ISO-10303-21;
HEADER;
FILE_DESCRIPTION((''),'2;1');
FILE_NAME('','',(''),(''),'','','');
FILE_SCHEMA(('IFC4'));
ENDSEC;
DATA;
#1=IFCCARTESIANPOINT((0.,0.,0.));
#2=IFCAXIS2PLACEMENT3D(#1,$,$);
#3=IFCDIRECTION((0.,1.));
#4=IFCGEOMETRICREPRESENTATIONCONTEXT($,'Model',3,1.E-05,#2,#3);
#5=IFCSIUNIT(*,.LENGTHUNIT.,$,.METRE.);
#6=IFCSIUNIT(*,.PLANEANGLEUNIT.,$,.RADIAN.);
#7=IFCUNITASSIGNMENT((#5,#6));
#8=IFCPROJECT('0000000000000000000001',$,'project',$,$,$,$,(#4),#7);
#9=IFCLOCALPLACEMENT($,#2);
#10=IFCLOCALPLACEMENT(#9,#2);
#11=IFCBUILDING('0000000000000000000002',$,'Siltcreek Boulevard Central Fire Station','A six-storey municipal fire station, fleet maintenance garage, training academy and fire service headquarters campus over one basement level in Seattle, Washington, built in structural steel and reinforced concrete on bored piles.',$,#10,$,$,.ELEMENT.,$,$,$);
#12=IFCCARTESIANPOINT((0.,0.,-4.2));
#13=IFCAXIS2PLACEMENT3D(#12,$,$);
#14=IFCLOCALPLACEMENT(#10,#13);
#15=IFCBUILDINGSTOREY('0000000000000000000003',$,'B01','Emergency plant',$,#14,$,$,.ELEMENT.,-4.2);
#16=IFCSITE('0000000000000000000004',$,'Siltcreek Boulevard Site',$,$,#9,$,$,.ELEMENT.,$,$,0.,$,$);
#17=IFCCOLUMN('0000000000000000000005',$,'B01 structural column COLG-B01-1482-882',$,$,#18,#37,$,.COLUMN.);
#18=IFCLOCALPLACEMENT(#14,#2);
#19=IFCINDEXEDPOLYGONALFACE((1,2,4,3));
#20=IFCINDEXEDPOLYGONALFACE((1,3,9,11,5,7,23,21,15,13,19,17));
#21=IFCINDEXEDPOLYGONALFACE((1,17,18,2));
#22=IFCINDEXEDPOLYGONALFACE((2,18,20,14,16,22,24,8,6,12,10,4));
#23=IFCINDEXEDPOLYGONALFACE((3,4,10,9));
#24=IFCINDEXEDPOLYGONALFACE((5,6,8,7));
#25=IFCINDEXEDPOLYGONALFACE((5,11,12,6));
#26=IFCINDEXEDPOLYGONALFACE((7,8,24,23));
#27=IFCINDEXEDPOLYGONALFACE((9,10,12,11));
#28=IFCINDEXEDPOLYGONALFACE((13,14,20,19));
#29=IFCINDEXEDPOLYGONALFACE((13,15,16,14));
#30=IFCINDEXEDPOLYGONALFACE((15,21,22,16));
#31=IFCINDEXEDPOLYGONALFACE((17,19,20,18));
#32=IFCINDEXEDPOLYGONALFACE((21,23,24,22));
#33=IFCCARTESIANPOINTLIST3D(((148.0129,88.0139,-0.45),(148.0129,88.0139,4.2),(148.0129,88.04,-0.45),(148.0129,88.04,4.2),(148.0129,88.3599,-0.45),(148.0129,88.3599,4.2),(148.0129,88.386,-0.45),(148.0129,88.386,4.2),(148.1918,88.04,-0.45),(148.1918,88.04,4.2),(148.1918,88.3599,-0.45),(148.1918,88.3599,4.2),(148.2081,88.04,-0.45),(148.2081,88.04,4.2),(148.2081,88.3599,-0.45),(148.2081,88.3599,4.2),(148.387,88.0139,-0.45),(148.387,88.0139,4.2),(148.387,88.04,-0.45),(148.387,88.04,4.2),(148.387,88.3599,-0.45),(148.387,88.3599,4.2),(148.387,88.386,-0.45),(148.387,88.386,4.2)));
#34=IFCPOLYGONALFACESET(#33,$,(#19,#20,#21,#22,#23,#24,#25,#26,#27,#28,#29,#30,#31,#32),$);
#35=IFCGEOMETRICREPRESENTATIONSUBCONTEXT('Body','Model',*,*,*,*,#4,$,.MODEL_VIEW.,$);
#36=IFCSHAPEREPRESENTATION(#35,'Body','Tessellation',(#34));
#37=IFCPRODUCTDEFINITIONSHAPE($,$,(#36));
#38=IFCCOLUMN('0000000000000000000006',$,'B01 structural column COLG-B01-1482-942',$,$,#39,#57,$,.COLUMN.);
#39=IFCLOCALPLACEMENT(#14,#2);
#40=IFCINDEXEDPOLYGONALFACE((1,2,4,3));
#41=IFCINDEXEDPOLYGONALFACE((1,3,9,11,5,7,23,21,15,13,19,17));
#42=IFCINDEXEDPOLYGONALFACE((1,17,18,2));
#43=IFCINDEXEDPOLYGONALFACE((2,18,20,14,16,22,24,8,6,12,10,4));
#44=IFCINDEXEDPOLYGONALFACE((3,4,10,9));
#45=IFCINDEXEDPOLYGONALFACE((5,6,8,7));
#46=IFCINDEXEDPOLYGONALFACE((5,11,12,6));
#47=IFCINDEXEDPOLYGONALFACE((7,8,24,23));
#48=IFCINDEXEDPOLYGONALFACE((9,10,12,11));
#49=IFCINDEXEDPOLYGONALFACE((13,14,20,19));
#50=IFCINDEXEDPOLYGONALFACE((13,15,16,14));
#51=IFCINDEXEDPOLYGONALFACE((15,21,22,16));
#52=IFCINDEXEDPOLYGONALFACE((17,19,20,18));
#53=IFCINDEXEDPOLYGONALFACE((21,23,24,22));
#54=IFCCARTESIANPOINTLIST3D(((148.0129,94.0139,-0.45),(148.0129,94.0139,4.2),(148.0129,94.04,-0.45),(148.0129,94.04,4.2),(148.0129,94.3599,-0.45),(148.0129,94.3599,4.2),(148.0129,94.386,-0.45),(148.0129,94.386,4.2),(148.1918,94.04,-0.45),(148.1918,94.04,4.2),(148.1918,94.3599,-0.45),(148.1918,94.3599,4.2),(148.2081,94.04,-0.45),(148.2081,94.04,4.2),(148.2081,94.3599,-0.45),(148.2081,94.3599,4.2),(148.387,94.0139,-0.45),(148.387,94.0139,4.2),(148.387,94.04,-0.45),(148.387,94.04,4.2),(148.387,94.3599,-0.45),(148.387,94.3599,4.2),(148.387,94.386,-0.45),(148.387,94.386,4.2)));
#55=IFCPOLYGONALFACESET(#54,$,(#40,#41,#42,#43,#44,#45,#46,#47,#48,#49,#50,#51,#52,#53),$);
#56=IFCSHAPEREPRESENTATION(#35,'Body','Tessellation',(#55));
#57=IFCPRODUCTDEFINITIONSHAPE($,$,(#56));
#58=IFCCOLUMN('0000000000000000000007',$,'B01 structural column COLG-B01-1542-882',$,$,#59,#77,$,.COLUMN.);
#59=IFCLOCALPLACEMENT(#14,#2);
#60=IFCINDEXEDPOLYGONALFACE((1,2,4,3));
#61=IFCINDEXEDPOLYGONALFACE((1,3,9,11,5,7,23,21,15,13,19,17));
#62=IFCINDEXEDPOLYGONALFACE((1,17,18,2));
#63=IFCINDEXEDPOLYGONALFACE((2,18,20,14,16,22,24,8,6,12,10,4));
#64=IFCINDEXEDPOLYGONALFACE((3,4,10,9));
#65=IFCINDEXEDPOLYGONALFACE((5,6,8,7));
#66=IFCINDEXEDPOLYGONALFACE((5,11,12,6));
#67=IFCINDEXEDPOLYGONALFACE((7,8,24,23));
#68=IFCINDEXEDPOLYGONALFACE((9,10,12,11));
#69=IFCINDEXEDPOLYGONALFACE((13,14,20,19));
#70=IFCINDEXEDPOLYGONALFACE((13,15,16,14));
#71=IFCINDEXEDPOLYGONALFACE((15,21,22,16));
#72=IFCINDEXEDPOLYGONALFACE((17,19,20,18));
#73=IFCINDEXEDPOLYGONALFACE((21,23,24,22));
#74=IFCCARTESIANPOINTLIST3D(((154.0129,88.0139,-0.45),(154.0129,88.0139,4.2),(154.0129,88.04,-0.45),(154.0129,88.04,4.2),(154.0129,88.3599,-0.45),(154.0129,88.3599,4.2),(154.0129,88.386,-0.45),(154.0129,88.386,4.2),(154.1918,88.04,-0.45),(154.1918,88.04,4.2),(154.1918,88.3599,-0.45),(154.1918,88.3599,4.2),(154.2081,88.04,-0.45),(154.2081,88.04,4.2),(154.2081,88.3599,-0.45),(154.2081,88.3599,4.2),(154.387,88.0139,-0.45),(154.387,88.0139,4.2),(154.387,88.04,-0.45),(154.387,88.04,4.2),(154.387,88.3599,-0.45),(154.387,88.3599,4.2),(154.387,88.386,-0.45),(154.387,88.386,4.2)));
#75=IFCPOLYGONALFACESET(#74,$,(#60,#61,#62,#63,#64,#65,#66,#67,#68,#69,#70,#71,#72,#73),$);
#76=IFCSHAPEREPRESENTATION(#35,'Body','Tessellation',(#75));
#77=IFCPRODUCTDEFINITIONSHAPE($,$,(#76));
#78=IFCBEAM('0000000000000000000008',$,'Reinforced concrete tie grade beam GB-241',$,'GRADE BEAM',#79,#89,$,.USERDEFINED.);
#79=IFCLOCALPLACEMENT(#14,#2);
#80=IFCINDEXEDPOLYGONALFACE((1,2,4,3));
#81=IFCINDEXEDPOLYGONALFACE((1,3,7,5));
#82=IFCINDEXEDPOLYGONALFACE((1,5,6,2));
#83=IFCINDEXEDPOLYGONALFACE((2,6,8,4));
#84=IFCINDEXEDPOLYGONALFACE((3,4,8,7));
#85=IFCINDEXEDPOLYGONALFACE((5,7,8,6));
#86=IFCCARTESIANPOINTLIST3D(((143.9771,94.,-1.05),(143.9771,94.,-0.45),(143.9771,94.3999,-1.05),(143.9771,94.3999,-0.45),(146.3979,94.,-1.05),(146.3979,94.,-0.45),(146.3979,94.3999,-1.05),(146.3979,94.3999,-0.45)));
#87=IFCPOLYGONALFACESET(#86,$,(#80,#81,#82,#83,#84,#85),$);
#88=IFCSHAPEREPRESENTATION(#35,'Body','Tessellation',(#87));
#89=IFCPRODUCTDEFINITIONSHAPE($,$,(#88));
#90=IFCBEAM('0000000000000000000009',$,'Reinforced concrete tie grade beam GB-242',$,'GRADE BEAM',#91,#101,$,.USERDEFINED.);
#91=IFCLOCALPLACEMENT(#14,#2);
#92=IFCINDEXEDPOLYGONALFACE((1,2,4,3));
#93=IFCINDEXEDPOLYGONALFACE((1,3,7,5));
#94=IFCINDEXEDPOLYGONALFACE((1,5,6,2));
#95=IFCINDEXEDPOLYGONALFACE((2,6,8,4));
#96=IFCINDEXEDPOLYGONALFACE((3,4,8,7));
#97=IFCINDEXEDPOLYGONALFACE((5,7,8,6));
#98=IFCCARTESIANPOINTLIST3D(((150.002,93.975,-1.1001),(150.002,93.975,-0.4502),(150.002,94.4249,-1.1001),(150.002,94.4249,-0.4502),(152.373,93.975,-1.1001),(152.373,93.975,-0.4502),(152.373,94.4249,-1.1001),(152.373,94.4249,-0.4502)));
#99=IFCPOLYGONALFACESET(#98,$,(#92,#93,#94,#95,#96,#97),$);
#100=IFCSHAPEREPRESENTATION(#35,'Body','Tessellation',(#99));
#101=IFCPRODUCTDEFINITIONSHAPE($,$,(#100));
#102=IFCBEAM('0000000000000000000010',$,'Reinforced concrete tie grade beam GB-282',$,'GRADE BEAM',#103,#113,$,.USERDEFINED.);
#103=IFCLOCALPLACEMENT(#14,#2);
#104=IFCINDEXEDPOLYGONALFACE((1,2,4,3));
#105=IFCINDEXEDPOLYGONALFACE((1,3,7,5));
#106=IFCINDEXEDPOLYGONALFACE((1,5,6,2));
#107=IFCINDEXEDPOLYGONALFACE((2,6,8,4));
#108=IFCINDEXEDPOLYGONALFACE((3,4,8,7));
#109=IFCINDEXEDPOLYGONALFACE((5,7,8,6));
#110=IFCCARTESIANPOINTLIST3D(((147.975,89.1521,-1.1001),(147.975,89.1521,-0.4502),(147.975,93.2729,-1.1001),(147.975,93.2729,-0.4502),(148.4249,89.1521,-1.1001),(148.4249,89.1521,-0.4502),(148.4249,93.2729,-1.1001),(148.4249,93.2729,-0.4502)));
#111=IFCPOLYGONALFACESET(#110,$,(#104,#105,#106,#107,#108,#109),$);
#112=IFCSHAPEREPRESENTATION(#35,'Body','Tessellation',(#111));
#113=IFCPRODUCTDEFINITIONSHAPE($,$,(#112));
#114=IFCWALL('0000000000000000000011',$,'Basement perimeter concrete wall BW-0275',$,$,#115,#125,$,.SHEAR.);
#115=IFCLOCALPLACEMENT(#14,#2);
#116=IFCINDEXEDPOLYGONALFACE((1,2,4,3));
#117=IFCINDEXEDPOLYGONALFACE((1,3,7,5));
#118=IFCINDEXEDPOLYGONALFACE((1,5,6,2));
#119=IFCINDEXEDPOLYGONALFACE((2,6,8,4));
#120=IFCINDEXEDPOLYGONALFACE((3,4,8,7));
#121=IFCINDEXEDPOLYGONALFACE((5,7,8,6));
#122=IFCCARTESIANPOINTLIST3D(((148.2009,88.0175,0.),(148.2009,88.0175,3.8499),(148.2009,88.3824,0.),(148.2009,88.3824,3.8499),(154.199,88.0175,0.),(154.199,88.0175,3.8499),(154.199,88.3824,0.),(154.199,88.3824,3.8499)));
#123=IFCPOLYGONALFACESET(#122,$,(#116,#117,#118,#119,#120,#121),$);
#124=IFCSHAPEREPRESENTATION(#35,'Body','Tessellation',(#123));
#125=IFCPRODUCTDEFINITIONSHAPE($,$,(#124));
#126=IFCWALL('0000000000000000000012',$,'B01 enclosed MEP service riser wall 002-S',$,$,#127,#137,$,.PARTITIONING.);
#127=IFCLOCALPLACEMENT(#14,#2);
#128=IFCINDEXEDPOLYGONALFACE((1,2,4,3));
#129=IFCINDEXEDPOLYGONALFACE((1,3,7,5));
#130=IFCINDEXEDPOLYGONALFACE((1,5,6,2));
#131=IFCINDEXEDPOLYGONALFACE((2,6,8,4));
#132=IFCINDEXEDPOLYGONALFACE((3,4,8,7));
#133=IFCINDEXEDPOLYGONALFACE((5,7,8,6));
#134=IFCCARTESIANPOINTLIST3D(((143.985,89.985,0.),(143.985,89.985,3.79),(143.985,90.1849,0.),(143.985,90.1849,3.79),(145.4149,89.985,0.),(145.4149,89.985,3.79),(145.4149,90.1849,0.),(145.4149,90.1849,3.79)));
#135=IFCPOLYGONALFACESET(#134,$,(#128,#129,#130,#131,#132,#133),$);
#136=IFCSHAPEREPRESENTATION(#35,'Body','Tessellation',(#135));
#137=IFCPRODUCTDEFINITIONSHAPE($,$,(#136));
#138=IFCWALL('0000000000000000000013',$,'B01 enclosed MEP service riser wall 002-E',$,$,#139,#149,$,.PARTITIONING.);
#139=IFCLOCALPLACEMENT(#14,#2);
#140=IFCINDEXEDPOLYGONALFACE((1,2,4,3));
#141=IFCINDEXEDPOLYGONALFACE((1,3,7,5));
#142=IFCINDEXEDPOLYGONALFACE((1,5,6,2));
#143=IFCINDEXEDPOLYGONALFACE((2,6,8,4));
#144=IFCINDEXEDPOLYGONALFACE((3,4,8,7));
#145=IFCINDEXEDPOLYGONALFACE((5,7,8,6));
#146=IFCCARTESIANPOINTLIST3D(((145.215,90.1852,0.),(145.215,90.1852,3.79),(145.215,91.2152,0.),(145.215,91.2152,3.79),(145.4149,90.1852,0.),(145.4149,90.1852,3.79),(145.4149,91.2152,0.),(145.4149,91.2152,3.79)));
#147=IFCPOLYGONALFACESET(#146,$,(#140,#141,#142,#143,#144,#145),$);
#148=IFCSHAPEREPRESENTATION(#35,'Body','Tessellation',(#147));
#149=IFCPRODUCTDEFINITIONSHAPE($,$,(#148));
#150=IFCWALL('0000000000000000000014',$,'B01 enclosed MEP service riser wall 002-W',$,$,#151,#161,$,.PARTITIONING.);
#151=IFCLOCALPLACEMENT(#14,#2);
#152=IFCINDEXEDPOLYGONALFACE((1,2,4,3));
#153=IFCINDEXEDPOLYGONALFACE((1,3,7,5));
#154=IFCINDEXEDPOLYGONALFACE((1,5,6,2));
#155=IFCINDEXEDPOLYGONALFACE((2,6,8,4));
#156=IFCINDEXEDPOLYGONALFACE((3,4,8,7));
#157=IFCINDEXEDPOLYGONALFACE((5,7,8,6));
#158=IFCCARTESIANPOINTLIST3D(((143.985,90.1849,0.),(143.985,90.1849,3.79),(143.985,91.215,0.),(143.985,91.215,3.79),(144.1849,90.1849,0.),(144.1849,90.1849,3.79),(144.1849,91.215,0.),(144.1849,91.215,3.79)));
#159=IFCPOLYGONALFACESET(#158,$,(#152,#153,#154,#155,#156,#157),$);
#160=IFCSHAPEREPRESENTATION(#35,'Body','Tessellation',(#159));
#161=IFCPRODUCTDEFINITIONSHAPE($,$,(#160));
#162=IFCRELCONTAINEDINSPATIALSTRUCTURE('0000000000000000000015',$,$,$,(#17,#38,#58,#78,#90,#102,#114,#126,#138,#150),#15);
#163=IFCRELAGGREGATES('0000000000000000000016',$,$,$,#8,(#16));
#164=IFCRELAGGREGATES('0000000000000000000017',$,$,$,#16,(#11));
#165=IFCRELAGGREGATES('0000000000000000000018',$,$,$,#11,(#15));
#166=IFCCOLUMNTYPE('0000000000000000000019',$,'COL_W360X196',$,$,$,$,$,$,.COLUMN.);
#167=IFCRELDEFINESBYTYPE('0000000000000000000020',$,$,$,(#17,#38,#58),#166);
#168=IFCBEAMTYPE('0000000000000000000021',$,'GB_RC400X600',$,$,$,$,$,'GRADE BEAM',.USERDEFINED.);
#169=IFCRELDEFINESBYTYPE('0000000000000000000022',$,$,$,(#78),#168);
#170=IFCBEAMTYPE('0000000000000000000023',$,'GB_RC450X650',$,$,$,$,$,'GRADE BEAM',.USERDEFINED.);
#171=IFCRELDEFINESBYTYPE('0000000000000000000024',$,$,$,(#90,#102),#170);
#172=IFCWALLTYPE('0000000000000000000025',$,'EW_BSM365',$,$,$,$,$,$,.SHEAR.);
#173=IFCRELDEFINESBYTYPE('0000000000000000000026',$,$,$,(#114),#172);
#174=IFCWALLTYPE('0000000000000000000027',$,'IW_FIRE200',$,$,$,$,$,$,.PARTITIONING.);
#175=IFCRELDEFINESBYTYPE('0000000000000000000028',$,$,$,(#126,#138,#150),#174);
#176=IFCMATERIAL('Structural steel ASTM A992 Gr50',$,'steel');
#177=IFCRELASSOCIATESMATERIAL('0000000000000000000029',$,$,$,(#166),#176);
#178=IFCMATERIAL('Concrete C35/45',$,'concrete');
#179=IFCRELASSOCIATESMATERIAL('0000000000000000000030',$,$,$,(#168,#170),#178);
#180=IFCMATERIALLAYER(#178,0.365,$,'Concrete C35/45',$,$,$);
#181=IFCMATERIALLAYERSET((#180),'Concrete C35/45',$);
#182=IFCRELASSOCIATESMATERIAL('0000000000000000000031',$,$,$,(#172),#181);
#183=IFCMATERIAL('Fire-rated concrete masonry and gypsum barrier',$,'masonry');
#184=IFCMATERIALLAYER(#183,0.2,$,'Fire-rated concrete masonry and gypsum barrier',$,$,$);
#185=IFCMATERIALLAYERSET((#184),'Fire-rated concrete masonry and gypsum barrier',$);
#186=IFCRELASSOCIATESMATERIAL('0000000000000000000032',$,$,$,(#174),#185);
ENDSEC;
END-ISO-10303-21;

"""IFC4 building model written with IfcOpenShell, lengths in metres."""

from ifc_helpers import new_model, si_unit, direction, frame, frame_2d, origin, origin_2d, place, context, subcontext, project, spatial, rectangle, i_section, extrude, material, layer, layer_set, material_profile, profile_set, type_object, element, save


model = new_model("IFC4")

# Units and contexts
model_context = context("Model", 3, precision=1e-05, world=origin(), true_north=direction((0.0, 1.0)))
body_context = subcontext(model_context, "Body", "Model", "MODEL_VIEW")
ifc_project = project(units=[si_unit("LENGTHUNIT", "METRE"), si_unit("PLANEANGLEUNIT", "RADIAN")], contexts=[model_context])

# Site, building, storey
site_placement = place(None, origin())
site = spatial("IfcSite", under=ifc_project, at=site_placement, Name="Siltcreek Boulevard Site", CompositionType="ELEMENT", RefElevation=0.0)
building_placement = place(site_placement, origin())
building = spatial("IfcBuilding", under=site, at=building_placement, Name="Siltcreek Boulevard Central Fire Station", Description="A six-storey municipal fire station, fleet maintenance garage, training academy and fire service headquarters campus over one basement level in Seattle, Washington, built in structural steel and reinforced concrete on bored piles.", CompositionType="ELEMENT")
storey_placement = place(building_placement, frame((0.0, 0.0, -4.2)))
storey = spatial("IfcBuildingStorey", under=building, at=storey_placement, Name="B01", Description="Emergency plant", CompositionType="ELEMENT", Elevation=-4.2)

# Shared definitions
ifc_material_1 = material(Name="Concrete C35/45", Category="concrete")

# Columns
ifc_material_2 = material(Name="Structural steel ASTM A992 Gr50", Category="steel")
ifc_material_profile_1 = material_profile(ifc_material_2, i_section(OverallWidth=0.374, OverallDepth=0.3721, WebThickness=0.0164, FlangeThickness=0.0261, at=origin_2d()), Name="W360X196")
ifc_profile_set_1 = profile_set([ifc_material_profile_1], Name="Structural steel ASTM A992 Gr50")
column_type = type_object("IfcColumnType", Name="COL_W360X196", PredefinedType="COLUMN", material=ifc_profile_set_1)
for number, where, z_axis, x_axis, name in (
    (1, (148.2, 88.2, -0.45), (0.0, 0.0, 1.0), (1.0, 0.0, 0.0), "B01 structural column COLG-B01-1482-882"),
    (2, (148.2, 94.2, -0.45), (0.0, 0.0, 1.0), (1.0, 0.0, 0.0), "B01 structural column COLG-B01-1482-942"),
    (3, (154.2, 88.2, -0.45), (0.0, 0.0, 1.0), (1.0, 0.0, 0.0), "B01 structural column COLG-B01-1542-882"),
):
    element("IfcColumn", number, at=place(storey_placement, frame(where, z_axis=z_axis, x_axis=x_axis)), inside=storey, type_object=column_type, Name=name, PredefinedType="COLUMN", context=body_context, shape_type="SweptSolid", body=[
        extrude(i_section(OverallWidth=0.374, OverallDepth=0.3721, WebThickness=0.0164, FlangeThickness=0.0261, at=origin_2d()), origin(), (0.0, 0.0, 1.0), 4.6499),
    ])

# Beams
ifc_material_profile_2 = material_profile(ifc_material_1, rectangle(XDim=0.3999, YDim=0.6001, at=origin_2d()), Name="RC400X600")
ifc_profile_set_2 = profile_set([ifc_material_profile_2], Name="Concrete C35/45")
beam_type_1 = type_object("IfcBeamType", Name="GB_RC400X600", ElementType="GRADE BEAM", PredefinedType="USERDEFINED", material=ifc_profile_set_2)
beam_1_placement = place(storey_placement, frame((143.9771, 94.2, -0.75), z_axis=(1.0, 0.0, 0.0), x_axis=(0.0, 1.0, 0.0)))
element("IfcBeam", 4, at=beam_1_placement, inside=storey, type_object=beam_type_1, Name="Reinforced concrete tie grade beam GB-241", ObjectType="GRADE BEAM", PredefinedType="USERDEFINED", context=body_context, shape_type="SweptSolid", body=[
    extrude(rectangle(XDim=0.3999, YDim=0.6001, at=origin_2d()), origin(), (0.0, 0.0, 1.0), 2.4209),
])
ifc_material_profile_3 = material_profile(ifc_material_1, rectangle(XDim=0.45, YDim=0.6499, at=origin_2d()), Name="RC450X650")
ifc_profile_set_3 = profile_set([ifc_material_profile_3], Name="Concrete C35/45")
beam_type_2 = type_object("IfcBeamType", Name="GB_RC450X650", ElementType="GRADE BEAM", PredefinedType="USERDEFINED", material=ifc_profile_set_3)
beam_2_placement = place(storey_placement, frame((150.002, 94.2, -0.7751), z_axis=(1.0, 0.0, 0.0), x_axis=(0.0, 1.0, 0.0)))
element("IfcBeam", 5, at=beam_2_placement, inside=storey, type_object=beam_type_2, Name="Reinforced concrete tie grade beam GB-242", ObjectType="GRADE BEAM", PredefinedType="USERDEFINED", context=body_context, shape_type="SweptSolid", body=[
    extrude(rectangle(XDim=0.45, YDim=0.6499, at=origin_2d()), origin(), (0.0, 0.0, 1.0), 2.3711),
])
beam_3_placement = place(storey_placement, frame((148.2, 89.1521, -0.7751), z_axis=(0.0, 1.0, 0.0), x_axis=(-1.0, 0.0, 0.0)))
element("IfcBeam", 6, at=beam_3_placement, inside=storey, type_object=beam_type_2, Name="Reinforced concrete tie grade beam GB-282", ObjectType="GRADE BEAM", PredefinedType="USERDEFINED", context=body_context, shape_type="SweptSolid", body=[
    extrude(rectangle(XDim=0.45, YDim=0.6499, at=origin_2d()), origin(), (0.0, 0.0, 1.0), 4.1208),
])

# Walls
ifc_layer_1 = layer(ifc_material_1, 0.365, Name="Concrete C35/45")
ifc_layer_set_1 = layer_set([ifc_layer_1], Name="Concrete C35/45")
wall_type_1 = type_object("IfcWallType", Name="EW_BSM365", PredefinedType="SHEAR", material=ifc_layer_set_1)
wall_1_placement = place(storey_placement, frame((148.2009, 88.2, 0.0), z_axis=(0.0, 0.0, 1.0), x_axis=(1.0, 0.0, 0.0)))
element("IfcWall", 7, at=wall_1_placement, inside=storey, type_object=wall_type_1, Name="Basement perimeter concrete wall BW-0275", PredefinedType="SHEAR", context=body_context, shape_type="SweptSolid", body=[
    extrude(rectangle(XDim=5.998, YDim=0.365, at=frame_2d((2.999, 0.0))), origin(), (0.0, 0.0, 1.0), 3.8499),
])
ifc_material_3 = material(Name="Fire-rated concrete masonry and gypsum barrier", Category="masonry")
ifc_layer_2 = layer(ifc_material_3, 0.2, Name="Fire-rated concrete masonry and gypsum barrier")
ifc_layer_set_2 = layer_set([ifc_layer_2], Name="Fire-rated concrete masonry and gypsum barrier")
wall_type_2 = type_object("IfcWallType", Name="IW_FIRE200", PredefinedType="PARTITIONING", material=ifc_layer_set_2)
wall_2_placement = place(storey_placement, frame((143.9851, 90.085, 0.0), z_axis=(0.0, 0.0, 1.0), x_axis=(1.0, 0.0, 0.0)))
element("IfcWall", 8, at=wall_2_placement, inside=storey, type_object=wall_type_2, Name="B01 enclosed MEP service riser wall 002-S", PredefinedType="PARTITIONING", context=body_context, shape_type="SweptSolid", body=[
    extrude(rectangle(XDim=1.4299, YDim=0.2, at=frame_2d((0.7148, 0.0))), origin(), (0.0, 0.0, 1.0), 3.79),
])
wall_3_placement = place(storey_placement, frame((145.3149, 90.1851, 0.0), z_axis=(0.0, 0.0, 1.0), x_axis=(0.0, 1.0, 0.0)))
element("IfcWall", 9, at=wall_3_placement, inside=storey, type_object=wall_type_2, Name="B01 enclosed MEP service riser wall 002-E", PredefinedType="PARTITIONING", context=body_context, shape_type="SweptSolid", body=[
    extrude(rectangle(XDim=1.03, YDim=0.2, at=frame_2d((0.5151, 0.0))), origin(), (0.0, 0.0, 1.0), 3.79),
])
wall_4_placement = place(storey_placement, frame((144.085, 91.2151, 0.0), z_axis=(0.0, 0.0, 1.0), x_axis=(0.0, -1.0, 0.0)))
element("IfcWall", 10, at=wall_4_placement, inside=storey, type_object=wall_type_2, Name="B01 enclosed MEP service riser wall 002-W", PredefinedType="PARTITIONING", context=body_context, shape_type="SweptSolid", body=[
    extrude(rectangle(XDim=1.03, YDim=0.2, at=frame_2d((0.5151, 0.0))), origin(), (0.0, 0.0, 1.0), 3.79),
])

save(model, "model.ifc")
